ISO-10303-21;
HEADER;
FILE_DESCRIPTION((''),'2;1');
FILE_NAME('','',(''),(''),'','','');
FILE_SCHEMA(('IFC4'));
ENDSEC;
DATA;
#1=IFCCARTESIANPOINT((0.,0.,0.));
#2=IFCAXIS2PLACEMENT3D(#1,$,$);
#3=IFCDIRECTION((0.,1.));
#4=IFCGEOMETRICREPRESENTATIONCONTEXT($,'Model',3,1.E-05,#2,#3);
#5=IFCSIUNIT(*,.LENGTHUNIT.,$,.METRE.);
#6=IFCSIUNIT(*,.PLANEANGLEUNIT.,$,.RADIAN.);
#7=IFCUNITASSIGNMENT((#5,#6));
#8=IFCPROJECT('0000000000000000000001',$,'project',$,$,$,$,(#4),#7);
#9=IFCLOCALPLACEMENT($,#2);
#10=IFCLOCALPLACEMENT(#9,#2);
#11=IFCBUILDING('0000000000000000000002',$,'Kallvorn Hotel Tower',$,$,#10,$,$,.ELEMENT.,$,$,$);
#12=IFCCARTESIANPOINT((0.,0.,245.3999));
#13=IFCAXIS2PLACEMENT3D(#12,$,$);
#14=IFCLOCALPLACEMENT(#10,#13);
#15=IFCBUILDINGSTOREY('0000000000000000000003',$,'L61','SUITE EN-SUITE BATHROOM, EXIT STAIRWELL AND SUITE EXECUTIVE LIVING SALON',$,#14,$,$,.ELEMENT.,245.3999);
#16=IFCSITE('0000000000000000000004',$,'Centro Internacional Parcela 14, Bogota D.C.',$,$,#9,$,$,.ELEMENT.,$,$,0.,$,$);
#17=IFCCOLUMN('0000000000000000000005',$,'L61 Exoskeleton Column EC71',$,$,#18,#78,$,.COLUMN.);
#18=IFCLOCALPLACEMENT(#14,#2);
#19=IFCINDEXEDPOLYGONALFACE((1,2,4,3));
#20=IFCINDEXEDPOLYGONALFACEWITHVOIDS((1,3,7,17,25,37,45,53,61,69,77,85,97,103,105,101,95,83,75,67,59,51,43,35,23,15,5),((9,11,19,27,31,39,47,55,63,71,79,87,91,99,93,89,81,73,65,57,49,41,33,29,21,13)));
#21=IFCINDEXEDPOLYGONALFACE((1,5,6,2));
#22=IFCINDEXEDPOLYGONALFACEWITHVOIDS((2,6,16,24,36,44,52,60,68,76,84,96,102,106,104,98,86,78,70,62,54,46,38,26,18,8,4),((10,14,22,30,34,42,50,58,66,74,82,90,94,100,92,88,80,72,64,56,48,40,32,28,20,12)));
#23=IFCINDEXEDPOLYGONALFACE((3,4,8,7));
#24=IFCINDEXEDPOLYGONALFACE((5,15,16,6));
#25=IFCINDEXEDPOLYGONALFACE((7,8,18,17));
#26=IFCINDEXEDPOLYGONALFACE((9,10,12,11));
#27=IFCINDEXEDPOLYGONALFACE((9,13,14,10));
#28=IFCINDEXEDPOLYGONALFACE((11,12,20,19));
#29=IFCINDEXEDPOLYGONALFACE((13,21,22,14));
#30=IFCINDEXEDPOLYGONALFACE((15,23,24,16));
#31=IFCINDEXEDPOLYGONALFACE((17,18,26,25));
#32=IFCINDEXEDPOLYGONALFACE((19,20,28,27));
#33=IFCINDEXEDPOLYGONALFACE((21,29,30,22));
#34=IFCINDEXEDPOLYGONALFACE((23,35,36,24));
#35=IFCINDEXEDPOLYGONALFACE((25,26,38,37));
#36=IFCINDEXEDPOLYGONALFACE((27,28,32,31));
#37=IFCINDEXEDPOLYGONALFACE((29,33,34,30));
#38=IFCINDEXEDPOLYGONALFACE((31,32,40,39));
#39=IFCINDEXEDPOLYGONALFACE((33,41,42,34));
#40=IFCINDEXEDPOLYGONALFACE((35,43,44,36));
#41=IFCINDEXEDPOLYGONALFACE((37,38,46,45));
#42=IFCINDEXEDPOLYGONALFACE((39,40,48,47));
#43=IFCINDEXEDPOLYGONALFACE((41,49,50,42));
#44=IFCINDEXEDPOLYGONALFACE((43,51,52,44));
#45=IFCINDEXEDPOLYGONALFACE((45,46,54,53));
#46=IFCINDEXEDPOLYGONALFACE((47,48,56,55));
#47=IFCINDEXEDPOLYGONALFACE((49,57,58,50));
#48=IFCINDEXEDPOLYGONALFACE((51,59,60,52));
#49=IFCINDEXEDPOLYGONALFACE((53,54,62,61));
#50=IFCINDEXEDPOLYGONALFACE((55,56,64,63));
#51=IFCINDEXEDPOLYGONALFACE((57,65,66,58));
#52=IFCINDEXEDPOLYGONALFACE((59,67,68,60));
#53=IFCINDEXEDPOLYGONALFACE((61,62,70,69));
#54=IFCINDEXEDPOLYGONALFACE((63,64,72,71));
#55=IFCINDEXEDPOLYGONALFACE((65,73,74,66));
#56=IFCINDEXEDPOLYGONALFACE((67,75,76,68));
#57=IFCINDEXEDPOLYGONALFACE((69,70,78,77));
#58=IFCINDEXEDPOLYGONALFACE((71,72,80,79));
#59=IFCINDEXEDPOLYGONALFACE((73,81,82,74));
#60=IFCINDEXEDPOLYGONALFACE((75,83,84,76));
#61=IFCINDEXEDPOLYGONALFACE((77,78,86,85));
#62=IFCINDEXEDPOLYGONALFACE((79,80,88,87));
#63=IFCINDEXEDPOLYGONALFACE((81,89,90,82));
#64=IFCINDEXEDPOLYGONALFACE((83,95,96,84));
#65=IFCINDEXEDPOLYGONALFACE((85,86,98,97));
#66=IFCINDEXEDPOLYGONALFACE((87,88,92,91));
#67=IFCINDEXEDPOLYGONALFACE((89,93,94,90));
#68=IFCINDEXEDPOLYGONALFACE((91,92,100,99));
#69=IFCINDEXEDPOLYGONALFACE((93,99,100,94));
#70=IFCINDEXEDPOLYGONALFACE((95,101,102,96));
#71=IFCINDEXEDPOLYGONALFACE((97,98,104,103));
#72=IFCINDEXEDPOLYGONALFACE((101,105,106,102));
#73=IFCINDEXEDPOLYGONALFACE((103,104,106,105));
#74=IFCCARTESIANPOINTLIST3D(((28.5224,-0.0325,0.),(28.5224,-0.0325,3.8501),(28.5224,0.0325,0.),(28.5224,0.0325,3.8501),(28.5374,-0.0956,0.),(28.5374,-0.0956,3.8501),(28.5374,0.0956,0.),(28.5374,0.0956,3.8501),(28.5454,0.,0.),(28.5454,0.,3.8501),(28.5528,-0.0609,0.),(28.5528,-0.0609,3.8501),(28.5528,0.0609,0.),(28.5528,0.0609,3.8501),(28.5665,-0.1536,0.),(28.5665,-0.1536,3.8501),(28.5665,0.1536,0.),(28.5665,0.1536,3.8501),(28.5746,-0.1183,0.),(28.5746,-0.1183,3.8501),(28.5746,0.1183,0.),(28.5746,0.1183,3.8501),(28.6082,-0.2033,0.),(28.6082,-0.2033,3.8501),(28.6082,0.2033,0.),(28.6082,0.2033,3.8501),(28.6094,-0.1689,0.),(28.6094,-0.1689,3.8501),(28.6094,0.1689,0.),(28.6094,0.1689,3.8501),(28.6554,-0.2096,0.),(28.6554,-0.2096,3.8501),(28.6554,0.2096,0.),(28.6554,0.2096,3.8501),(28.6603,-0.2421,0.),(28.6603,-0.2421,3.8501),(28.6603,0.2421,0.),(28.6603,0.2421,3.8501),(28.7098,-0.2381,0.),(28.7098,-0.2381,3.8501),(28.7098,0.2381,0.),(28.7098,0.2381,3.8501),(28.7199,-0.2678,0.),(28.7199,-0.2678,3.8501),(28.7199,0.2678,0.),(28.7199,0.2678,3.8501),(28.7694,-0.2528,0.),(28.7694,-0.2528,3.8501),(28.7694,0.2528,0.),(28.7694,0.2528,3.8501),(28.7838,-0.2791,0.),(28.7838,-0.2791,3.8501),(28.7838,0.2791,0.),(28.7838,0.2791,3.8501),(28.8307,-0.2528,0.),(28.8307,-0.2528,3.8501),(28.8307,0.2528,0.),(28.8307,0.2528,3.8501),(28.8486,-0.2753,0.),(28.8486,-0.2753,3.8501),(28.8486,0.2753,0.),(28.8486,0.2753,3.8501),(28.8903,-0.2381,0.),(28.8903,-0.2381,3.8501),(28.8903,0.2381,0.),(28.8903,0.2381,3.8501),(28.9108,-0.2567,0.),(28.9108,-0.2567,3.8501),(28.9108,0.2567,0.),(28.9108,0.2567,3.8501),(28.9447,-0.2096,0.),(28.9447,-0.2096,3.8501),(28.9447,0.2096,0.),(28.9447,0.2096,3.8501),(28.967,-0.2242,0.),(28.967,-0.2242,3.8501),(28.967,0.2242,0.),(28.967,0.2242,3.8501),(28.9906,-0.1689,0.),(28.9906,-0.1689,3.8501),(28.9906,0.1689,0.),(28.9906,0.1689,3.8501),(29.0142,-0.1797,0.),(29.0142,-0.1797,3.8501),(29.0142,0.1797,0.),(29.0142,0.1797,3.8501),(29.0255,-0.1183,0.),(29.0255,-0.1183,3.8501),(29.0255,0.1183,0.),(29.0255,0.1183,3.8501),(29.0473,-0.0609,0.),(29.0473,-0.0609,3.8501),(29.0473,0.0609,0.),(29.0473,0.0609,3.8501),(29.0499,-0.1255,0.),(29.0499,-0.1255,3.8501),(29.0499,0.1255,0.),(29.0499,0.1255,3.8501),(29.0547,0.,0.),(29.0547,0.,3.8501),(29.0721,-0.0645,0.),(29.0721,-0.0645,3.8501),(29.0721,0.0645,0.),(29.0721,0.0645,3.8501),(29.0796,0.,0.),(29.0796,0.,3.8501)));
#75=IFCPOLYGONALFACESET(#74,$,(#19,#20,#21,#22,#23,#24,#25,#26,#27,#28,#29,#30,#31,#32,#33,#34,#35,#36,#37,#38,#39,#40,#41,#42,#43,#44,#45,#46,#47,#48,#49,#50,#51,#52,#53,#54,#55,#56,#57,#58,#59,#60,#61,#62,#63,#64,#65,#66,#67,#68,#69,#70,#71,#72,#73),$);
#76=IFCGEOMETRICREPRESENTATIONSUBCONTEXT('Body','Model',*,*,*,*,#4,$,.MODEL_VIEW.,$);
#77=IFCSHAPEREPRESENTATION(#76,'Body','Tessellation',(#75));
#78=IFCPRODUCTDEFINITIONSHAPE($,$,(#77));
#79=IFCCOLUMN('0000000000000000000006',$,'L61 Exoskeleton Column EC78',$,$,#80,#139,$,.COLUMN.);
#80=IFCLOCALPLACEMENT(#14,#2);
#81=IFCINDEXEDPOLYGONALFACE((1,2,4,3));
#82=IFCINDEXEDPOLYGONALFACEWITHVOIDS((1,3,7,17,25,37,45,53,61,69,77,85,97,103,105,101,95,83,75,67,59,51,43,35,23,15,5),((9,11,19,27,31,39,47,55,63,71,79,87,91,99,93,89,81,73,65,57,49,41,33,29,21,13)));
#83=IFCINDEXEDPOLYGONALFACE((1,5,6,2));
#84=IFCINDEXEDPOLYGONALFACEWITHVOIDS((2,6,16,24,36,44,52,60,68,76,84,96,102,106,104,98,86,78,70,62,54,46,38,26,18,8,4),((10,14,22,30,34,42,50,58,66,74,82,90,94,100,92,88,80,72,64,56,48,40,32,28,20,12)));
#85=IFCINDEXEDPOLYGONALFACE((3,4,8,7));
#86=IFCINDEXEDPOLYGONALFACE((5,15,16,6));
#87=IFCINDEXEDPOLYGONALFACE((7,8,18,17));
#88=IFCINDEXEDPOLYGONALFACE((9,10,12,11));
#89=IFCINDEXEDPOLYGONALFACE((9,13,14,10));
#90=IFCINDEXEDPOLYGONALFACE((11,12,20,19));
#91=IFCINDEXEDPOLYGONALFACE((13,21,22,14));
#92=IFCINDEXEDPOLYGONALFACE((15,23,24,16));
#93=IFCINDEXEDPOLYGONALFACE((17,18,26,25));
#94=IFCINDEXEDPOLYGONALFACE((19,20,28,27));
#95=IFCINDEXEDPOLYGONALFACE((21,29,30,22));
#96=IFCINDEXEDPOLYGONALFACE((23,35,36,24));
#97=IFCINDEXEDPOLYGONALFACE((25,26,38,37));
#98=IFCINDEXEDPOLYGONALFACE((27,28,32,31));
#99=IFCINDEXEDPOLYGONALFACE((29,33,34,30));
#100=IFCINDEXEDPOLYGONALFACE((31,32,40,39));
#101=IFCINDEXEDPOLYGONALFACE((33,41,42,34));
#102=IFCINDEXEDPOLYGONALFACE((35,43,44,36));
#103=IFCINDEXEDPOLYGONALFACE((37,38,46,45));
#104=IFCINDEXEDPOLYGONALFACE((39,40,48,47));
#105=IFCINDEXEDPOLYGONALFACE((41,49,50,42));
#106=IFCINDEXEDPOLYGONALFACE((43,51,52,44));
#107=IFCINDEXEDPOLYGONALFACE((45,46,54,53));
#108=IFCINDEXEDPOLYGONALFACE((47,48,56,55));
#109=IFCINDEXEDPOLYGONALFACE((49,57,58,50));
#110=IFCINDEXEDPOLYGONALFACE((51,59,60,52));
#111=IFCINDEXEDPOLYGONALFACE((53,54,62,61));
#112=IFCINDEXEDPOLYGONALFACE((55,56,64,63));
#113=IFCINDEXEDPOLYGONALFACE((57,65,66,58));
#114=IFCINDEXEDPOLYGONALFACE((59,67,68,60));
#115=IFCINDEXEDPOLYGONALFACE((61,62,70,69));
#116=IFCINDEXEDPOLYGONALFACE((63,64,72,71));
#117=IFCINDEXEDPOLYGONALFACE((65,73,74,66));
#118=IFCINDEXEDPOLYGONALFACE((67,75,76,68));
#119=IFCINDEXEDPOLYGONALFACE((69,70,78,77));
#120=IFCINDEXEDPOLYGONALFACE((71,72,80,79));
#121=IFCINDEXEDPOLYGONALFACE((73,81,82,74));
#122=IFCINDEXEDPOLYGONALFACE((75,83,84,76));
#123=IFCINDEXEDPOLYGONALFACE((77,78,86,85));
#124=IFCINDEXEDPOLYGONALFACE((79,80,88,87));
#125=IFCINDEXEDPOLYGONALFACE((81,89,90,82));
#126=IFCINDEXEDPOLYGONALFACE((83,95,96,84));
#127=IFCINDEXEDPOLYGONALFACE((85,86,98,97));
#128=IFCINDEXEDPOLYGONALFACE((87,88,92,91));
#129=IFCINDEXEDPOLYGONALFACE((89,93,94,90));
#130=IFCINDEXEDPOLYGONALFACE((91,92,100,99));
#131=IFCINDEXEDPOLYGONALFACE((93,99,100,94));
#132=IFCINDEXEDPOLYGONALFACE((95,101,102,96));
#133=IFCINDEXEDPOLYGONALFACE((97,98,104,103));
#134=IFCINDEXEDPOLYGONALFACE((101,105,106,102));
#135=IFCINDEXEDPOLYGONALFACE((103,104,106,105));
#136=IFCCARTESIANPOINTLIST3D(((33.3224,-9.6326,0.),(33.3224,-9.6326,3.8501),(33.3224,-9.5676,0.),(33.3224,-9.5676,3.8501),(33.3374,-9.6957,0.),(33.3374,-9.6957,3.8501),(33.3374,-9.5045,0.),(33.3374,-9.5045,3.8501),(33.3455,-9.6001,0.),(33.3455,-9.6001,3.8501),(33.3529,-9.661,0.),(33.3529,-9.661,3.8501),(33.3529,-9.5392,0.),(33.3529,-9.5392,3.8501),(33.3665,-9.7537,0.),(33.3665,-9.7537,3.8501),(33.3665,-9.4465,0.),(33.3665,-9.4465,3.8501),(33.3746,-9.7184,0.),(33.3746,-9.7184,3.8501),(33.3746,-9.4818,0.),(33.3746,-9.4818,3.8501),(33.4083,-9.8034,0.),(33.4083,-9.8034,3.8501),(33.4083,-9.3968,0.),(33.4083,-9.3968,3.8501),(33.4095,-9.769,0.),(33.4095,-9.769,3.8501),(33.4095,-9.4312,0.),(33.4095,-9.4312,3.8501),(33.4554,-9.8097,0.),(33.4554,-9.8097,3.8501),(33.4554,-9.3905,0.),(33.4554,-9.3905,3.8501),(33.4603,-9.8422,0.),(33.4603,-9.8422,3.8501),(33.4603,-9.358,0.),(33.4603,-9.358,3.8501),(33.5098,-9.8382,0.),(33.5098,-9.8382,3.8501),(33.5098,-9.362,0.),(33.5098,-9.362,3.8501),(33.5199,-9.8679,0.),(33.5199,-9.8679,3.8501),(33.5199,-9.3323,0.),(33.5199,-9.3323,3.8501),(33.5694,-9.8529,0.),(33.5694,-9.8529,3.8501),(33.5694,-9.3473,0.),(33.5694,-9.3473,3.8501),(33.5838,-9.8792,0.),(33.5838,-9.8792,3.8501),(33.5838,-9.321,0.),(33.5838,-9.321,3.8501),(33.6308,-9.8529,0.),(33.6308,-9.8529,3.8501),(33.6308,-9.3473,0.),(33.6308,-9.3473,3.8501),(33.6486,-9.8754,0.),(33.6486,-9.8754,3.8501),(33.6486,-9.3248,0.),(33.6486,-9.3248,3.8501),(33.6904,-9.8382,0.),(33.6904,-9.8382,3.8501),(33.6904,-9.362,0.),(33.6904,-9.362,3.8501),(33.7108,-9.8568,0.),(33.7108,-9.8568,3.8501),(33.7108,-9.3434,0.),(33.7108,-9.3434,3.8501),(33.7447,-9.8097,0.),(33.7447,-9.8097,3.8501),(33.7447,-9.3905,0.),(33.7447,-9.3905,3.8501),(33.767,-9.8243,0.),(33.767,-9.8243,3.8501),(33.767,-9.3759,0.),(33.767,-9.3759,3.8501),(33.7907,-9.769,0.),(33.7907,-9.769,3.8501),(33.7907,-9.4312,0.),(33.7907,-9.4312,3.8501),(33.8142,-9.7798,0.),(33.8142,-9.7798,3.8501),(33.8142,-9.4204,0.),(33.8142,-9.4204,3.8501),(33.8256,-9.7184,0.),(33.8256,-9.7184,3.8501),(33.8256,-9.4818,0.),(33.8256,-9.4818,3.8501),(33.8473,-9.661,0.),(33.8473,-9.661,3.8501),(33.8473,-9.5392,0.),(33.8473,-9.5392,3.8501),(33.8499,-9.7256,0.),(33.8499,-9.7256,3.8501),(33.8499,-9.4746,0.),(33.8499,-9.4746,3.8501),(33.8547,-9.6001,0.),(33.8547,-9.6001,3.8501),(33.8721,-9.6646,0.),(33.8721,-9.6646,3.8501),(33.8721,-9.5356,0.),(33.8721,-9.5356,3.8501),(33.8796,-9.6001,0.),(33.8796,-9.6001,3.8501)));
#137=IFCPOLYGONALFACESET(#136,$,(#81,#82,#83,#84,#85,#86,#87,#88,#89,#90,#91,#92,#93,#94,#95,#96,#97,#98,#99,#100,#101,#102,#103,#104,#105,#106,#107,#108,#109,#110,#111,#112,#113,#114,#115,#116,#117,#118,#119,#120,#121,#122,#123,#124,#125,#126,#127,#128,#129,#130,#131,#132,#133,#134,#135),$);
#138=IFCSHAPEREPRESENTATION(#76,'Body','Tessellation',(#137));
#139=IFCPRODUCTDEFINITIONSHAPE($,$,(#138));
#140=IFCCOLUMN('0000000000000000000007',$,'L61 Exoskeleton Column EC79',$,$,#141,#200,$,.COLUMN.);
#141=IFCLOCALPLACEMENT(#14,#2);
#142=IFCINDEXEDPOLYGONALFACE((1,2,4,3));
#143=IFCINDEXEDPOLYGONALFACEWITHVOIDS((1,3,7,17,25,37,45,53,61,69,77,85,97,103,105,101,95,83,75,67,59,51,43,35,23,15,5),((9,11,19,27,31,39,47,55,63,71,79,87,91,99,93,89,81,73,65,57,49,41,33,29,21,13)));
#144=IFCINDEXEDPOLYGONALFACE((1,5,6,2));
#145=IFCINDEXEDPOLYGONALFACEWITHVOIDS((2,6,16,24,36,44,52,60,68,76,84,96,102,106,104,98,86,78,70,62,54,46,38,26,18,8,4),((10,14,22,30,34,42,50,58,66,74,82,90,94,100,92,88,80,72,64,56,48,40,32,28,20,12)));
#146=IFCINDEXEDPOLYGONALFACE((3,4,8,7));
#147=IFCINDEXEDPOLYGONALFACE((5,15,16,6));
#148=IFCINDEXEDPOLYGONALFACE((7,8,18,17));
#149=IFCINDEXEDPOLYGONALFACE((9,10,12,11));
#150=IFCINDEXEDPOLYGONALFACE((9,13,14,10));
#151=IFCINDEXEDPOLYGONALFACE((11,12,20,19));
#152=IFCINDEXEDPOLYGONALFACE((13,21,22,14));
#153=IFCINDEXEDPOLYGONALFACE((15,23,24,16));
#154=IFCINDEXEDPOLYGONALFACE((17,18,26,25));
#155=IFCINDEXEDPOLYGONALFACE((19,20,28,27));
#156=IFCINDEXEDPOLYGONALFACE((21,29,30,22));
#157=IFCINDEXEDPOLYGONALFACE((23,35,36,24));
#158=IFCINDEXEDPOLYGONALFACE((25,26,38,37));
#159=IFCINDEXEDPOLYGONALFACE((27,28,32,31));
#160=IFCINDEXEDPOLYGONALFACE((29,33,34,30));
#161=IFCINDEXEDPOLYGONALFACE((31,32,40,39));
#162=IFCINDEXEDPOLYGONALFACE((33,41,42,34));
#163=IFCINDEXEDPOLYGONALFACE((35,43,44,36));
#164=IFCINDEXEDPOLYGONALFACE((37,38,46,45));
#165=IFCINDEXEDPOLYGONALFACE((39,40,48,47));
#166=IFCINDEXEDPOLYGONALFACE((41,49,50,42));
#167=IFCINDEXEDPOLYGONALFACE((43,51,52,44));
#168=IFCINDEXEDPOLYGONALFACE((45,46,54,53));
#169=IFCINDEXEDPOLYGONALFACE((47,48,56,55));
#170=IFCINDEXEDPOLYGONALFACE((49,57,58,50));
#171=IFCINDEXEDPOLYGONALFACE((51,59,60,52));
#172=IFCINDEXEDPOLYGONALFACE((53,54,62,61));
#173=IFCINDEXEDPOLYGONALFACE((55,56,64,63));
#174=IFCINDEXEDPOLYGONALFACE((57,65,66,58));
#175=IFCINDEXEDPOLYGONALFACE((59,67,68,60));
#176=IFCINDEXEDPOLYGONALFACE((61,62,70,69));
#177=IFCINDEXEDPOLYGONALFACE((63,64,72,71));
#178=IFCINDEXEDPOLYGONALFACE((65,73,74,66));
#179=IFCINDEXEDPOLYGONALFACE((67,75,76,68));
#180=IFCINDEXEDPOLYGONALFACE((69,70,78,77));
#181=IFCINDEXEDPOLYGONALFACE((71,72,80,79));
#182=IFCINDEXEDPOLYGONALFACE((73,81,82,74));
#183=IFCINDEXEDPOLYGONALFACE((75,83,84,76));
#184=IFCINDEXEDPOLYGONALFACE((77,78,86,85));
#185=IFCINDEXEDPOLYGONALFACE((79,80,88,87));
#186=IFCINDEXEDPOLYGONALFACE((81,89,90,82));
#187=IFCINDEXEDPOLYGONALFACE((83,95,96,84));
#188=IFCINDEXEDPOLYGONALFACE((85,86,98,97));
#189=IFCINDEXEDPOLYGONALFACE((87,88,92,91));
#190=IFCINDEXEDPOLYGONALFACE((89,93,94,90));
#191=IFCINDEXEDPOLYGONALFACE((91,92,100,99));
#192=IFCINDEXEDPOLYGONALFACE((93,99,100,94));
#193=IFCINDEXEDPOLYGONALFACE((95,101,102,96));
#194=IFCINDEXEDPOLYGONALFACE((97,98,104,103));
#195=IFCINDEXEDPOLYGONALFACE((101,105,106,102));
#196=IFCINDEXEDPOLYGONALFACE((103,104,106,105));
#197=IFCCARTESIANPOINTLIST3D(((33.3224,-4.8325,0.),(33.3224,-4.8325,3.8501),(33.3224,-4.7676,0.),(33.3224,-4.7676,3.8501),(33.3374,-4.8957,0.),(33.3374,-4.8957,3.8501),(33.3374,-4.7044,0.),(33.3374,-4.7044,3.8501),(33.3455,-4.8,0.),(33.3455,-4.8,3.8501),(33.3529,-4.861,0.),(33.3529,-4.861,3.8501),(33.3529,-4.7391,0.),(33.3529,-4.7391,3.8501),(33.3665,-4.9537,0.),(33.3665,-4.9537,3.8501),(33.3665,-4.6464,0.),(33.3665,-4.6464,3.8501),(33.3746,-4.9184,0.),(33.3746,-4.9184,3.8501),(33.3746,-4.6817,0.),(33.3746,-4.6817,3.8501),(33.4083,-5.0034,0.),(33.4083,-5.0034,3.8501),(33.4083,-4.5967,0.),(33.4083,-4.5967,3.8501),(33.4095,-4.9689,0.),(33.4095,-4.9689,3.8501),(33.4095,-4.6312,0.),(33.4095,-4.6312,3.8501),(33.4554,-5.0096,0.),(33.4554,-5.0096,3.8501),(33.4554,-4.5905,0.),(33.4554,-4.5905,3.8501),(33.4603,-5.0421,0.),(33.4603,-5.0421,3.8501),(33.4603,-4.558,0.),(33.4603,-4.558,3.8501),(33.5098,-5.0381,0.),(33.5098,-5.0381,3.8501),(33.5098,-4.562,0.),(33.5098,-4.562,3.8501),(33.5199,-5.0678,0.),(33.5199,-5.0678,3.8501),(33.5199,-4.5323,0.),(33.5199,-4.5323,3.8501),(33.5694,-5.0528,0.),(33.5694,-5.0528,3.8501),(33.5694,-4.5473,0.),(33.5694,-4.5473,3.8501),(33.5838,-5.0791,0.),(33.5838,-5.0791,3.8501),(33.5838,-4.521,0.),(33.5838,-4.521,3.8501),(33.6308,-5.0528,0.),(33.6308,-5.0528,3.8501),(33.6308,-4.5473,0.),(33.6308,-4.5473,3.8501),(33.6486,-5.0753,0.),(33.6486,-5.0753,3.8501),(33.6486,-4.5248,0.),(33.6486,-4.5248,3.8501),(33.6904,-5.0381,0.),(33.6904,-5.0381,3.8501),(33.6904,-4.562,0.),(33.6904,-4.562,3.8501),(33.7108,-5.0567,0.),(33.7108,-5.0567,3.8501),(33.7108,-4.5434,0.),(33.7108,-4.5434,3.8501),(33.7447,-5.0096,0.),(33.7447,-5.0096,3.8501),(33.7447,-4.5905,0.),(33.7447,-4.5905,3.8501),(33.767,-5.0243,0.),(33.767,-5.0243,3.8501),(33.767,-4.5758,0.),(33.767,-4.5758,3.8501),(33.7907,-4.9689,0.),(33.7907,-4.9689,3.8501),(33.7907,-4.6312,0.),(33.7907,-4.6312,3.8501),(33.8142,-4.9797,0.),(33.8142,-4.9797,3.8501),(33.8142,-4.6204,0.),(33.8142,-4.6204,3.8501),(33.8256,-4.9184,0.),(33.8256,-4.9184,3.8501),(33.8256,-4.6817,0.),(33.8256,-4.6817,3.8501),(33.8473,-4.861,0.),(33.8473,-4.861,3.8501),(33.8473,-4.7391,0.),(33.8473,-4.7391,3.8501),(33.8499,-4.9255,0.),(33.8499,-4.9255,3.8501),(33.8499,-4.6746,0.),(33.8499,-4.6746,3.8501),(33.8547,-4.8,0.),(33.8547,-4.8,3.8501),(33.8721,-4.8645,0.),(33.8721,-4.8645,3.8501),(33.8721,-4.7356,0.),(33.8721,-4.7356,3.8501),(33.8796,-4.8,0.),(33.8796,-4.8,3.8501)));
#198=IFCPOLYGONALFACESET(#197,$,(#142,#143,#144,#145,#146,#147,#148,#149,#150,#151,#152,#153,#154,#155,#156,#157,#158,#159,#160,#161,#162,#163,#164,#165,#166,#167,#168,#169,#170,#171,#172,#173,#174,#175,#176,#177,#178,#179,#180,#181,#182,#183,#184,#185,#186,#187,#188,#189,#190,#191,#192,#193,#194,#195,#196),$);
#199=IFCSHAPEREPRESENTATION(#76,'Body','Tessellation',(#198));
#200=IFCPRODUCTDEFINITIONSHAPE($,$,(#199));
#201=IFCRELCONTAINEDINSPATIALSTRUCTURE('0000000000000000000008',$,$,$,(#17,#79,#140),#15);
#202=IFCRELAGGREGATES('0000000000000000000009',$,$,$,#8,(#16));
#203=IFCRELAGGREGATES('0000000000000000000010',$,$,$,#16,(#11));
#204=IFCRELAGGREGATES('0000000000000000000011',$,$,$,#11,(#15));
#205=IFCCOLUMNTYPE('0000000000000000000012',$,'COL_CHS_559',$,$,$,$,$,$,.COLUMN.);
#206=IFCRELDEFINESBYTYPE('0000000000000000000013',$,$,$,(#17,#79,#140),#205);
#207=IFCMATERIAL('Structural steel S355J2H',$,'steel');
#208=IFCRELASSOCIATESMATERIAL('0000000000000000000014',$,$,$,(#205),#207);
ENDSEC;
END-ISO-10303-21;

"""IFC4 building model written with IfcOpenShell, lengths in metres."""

from ifc_helpers import new_model, si_unit, direction, frame, origin, origin_2d, place, context, subcontext, project, spatial, hollow_circle, extrude, material, material_profile, profile_set, type_object, element, save


model = new_model("IFC4")

# Units and contexts
model_context = context("Model", 3, precision=1e-05, world=origin(), true_north=direction((0.0, 1.0)))
body_context = subcontext(model_context, "Body", "Model", "MODEL_VIEW")
ifc_project = project(units=[si_unit("LENGTHUNIT", "METRE"), si_unit("PLANEANGLEUNIT", "RADIAN")], contexts=[model_context])

# Site, building, storey
site_placement = place(None, origin())
site = spatial("IfcSite", under=ifc_project, at=site_placement, Name="Centro Internacional Parcela 14, Bogota D.C.", CompositionType="ELEMENT", RefElevation=0.0)
building_placement = place(site_placement, origin())
building = spatial("IfcBuilding", under=site, at=building_placement, Name="Kallvorn Hotel Tower", CompositionType="ELEMENT")
storey_placement = place(building_placement, frame((0.0, 0.0, 245.3999)))
storey = spatial("IfcBuildingStorey", under=building, at=storey_placement, Name="L61", Description="SUITE EN-SUITE BATHROOM, EXIT STAIRWELL AND SUITE EXECUTIVE LIVING SALON", CompositionType="ELEMENT", Elevation=245.3999)

# Columns
ifc_material_1 = material(Name="Structural steel S355J2H", Category="steel")
ifc_material_profile_1 = material_profile(ifc_material_1, hollow_circle(Radius=0.2795, WallThickness=0.0249, at=origin_2d()), Name="CHS 559x25")
ifc_profile_set_1 = profile_set([ifc_material_profile_1], Name="Structural steel S355J2H")
column_type_1 = type_object("IfcColumnType", Name="COL_CHS_559", PredefinedType="COLUMN", material=ifc_profile_set_1)
for number, where, z_axis, x_axis, name in (
    (1, (28.8, 0.0, 0.0), (0.0, 0.0, 1.0), (1.0, 0.0, 0.0), "L61 Exoskeleton Column EC71"),
    (2, (33.6001, -9.6001, 0.0), (0.0, 0.0, 1.0), (1.0, 0.0, 0.0), "L61 Exoskeleton Column EC78"),
    (3, (33.6001, -4.8, 0.0), (0.0, 0.0, 1.0), (1.0, 0.0, 0.0), "L61 Exoskeleton Column EC79"),
):
    element("IfcColumn", number, at=place(storey_placement, frame(where, z_axis=z_axis, x_axis=x_axis)), inside=storey, type_object=column_type_1, Name=name, PredefinedType="COLUMN", context=body_context, shape_type="SweptSolid", body=[
        extrude(hollow_circle(Radius=0.2795, WallThickness=0.0249, at=origin_2d()), origin(), (0.0, 0.0, 1.0), 3.8501),
    ])

save(model, "model.ifc")
